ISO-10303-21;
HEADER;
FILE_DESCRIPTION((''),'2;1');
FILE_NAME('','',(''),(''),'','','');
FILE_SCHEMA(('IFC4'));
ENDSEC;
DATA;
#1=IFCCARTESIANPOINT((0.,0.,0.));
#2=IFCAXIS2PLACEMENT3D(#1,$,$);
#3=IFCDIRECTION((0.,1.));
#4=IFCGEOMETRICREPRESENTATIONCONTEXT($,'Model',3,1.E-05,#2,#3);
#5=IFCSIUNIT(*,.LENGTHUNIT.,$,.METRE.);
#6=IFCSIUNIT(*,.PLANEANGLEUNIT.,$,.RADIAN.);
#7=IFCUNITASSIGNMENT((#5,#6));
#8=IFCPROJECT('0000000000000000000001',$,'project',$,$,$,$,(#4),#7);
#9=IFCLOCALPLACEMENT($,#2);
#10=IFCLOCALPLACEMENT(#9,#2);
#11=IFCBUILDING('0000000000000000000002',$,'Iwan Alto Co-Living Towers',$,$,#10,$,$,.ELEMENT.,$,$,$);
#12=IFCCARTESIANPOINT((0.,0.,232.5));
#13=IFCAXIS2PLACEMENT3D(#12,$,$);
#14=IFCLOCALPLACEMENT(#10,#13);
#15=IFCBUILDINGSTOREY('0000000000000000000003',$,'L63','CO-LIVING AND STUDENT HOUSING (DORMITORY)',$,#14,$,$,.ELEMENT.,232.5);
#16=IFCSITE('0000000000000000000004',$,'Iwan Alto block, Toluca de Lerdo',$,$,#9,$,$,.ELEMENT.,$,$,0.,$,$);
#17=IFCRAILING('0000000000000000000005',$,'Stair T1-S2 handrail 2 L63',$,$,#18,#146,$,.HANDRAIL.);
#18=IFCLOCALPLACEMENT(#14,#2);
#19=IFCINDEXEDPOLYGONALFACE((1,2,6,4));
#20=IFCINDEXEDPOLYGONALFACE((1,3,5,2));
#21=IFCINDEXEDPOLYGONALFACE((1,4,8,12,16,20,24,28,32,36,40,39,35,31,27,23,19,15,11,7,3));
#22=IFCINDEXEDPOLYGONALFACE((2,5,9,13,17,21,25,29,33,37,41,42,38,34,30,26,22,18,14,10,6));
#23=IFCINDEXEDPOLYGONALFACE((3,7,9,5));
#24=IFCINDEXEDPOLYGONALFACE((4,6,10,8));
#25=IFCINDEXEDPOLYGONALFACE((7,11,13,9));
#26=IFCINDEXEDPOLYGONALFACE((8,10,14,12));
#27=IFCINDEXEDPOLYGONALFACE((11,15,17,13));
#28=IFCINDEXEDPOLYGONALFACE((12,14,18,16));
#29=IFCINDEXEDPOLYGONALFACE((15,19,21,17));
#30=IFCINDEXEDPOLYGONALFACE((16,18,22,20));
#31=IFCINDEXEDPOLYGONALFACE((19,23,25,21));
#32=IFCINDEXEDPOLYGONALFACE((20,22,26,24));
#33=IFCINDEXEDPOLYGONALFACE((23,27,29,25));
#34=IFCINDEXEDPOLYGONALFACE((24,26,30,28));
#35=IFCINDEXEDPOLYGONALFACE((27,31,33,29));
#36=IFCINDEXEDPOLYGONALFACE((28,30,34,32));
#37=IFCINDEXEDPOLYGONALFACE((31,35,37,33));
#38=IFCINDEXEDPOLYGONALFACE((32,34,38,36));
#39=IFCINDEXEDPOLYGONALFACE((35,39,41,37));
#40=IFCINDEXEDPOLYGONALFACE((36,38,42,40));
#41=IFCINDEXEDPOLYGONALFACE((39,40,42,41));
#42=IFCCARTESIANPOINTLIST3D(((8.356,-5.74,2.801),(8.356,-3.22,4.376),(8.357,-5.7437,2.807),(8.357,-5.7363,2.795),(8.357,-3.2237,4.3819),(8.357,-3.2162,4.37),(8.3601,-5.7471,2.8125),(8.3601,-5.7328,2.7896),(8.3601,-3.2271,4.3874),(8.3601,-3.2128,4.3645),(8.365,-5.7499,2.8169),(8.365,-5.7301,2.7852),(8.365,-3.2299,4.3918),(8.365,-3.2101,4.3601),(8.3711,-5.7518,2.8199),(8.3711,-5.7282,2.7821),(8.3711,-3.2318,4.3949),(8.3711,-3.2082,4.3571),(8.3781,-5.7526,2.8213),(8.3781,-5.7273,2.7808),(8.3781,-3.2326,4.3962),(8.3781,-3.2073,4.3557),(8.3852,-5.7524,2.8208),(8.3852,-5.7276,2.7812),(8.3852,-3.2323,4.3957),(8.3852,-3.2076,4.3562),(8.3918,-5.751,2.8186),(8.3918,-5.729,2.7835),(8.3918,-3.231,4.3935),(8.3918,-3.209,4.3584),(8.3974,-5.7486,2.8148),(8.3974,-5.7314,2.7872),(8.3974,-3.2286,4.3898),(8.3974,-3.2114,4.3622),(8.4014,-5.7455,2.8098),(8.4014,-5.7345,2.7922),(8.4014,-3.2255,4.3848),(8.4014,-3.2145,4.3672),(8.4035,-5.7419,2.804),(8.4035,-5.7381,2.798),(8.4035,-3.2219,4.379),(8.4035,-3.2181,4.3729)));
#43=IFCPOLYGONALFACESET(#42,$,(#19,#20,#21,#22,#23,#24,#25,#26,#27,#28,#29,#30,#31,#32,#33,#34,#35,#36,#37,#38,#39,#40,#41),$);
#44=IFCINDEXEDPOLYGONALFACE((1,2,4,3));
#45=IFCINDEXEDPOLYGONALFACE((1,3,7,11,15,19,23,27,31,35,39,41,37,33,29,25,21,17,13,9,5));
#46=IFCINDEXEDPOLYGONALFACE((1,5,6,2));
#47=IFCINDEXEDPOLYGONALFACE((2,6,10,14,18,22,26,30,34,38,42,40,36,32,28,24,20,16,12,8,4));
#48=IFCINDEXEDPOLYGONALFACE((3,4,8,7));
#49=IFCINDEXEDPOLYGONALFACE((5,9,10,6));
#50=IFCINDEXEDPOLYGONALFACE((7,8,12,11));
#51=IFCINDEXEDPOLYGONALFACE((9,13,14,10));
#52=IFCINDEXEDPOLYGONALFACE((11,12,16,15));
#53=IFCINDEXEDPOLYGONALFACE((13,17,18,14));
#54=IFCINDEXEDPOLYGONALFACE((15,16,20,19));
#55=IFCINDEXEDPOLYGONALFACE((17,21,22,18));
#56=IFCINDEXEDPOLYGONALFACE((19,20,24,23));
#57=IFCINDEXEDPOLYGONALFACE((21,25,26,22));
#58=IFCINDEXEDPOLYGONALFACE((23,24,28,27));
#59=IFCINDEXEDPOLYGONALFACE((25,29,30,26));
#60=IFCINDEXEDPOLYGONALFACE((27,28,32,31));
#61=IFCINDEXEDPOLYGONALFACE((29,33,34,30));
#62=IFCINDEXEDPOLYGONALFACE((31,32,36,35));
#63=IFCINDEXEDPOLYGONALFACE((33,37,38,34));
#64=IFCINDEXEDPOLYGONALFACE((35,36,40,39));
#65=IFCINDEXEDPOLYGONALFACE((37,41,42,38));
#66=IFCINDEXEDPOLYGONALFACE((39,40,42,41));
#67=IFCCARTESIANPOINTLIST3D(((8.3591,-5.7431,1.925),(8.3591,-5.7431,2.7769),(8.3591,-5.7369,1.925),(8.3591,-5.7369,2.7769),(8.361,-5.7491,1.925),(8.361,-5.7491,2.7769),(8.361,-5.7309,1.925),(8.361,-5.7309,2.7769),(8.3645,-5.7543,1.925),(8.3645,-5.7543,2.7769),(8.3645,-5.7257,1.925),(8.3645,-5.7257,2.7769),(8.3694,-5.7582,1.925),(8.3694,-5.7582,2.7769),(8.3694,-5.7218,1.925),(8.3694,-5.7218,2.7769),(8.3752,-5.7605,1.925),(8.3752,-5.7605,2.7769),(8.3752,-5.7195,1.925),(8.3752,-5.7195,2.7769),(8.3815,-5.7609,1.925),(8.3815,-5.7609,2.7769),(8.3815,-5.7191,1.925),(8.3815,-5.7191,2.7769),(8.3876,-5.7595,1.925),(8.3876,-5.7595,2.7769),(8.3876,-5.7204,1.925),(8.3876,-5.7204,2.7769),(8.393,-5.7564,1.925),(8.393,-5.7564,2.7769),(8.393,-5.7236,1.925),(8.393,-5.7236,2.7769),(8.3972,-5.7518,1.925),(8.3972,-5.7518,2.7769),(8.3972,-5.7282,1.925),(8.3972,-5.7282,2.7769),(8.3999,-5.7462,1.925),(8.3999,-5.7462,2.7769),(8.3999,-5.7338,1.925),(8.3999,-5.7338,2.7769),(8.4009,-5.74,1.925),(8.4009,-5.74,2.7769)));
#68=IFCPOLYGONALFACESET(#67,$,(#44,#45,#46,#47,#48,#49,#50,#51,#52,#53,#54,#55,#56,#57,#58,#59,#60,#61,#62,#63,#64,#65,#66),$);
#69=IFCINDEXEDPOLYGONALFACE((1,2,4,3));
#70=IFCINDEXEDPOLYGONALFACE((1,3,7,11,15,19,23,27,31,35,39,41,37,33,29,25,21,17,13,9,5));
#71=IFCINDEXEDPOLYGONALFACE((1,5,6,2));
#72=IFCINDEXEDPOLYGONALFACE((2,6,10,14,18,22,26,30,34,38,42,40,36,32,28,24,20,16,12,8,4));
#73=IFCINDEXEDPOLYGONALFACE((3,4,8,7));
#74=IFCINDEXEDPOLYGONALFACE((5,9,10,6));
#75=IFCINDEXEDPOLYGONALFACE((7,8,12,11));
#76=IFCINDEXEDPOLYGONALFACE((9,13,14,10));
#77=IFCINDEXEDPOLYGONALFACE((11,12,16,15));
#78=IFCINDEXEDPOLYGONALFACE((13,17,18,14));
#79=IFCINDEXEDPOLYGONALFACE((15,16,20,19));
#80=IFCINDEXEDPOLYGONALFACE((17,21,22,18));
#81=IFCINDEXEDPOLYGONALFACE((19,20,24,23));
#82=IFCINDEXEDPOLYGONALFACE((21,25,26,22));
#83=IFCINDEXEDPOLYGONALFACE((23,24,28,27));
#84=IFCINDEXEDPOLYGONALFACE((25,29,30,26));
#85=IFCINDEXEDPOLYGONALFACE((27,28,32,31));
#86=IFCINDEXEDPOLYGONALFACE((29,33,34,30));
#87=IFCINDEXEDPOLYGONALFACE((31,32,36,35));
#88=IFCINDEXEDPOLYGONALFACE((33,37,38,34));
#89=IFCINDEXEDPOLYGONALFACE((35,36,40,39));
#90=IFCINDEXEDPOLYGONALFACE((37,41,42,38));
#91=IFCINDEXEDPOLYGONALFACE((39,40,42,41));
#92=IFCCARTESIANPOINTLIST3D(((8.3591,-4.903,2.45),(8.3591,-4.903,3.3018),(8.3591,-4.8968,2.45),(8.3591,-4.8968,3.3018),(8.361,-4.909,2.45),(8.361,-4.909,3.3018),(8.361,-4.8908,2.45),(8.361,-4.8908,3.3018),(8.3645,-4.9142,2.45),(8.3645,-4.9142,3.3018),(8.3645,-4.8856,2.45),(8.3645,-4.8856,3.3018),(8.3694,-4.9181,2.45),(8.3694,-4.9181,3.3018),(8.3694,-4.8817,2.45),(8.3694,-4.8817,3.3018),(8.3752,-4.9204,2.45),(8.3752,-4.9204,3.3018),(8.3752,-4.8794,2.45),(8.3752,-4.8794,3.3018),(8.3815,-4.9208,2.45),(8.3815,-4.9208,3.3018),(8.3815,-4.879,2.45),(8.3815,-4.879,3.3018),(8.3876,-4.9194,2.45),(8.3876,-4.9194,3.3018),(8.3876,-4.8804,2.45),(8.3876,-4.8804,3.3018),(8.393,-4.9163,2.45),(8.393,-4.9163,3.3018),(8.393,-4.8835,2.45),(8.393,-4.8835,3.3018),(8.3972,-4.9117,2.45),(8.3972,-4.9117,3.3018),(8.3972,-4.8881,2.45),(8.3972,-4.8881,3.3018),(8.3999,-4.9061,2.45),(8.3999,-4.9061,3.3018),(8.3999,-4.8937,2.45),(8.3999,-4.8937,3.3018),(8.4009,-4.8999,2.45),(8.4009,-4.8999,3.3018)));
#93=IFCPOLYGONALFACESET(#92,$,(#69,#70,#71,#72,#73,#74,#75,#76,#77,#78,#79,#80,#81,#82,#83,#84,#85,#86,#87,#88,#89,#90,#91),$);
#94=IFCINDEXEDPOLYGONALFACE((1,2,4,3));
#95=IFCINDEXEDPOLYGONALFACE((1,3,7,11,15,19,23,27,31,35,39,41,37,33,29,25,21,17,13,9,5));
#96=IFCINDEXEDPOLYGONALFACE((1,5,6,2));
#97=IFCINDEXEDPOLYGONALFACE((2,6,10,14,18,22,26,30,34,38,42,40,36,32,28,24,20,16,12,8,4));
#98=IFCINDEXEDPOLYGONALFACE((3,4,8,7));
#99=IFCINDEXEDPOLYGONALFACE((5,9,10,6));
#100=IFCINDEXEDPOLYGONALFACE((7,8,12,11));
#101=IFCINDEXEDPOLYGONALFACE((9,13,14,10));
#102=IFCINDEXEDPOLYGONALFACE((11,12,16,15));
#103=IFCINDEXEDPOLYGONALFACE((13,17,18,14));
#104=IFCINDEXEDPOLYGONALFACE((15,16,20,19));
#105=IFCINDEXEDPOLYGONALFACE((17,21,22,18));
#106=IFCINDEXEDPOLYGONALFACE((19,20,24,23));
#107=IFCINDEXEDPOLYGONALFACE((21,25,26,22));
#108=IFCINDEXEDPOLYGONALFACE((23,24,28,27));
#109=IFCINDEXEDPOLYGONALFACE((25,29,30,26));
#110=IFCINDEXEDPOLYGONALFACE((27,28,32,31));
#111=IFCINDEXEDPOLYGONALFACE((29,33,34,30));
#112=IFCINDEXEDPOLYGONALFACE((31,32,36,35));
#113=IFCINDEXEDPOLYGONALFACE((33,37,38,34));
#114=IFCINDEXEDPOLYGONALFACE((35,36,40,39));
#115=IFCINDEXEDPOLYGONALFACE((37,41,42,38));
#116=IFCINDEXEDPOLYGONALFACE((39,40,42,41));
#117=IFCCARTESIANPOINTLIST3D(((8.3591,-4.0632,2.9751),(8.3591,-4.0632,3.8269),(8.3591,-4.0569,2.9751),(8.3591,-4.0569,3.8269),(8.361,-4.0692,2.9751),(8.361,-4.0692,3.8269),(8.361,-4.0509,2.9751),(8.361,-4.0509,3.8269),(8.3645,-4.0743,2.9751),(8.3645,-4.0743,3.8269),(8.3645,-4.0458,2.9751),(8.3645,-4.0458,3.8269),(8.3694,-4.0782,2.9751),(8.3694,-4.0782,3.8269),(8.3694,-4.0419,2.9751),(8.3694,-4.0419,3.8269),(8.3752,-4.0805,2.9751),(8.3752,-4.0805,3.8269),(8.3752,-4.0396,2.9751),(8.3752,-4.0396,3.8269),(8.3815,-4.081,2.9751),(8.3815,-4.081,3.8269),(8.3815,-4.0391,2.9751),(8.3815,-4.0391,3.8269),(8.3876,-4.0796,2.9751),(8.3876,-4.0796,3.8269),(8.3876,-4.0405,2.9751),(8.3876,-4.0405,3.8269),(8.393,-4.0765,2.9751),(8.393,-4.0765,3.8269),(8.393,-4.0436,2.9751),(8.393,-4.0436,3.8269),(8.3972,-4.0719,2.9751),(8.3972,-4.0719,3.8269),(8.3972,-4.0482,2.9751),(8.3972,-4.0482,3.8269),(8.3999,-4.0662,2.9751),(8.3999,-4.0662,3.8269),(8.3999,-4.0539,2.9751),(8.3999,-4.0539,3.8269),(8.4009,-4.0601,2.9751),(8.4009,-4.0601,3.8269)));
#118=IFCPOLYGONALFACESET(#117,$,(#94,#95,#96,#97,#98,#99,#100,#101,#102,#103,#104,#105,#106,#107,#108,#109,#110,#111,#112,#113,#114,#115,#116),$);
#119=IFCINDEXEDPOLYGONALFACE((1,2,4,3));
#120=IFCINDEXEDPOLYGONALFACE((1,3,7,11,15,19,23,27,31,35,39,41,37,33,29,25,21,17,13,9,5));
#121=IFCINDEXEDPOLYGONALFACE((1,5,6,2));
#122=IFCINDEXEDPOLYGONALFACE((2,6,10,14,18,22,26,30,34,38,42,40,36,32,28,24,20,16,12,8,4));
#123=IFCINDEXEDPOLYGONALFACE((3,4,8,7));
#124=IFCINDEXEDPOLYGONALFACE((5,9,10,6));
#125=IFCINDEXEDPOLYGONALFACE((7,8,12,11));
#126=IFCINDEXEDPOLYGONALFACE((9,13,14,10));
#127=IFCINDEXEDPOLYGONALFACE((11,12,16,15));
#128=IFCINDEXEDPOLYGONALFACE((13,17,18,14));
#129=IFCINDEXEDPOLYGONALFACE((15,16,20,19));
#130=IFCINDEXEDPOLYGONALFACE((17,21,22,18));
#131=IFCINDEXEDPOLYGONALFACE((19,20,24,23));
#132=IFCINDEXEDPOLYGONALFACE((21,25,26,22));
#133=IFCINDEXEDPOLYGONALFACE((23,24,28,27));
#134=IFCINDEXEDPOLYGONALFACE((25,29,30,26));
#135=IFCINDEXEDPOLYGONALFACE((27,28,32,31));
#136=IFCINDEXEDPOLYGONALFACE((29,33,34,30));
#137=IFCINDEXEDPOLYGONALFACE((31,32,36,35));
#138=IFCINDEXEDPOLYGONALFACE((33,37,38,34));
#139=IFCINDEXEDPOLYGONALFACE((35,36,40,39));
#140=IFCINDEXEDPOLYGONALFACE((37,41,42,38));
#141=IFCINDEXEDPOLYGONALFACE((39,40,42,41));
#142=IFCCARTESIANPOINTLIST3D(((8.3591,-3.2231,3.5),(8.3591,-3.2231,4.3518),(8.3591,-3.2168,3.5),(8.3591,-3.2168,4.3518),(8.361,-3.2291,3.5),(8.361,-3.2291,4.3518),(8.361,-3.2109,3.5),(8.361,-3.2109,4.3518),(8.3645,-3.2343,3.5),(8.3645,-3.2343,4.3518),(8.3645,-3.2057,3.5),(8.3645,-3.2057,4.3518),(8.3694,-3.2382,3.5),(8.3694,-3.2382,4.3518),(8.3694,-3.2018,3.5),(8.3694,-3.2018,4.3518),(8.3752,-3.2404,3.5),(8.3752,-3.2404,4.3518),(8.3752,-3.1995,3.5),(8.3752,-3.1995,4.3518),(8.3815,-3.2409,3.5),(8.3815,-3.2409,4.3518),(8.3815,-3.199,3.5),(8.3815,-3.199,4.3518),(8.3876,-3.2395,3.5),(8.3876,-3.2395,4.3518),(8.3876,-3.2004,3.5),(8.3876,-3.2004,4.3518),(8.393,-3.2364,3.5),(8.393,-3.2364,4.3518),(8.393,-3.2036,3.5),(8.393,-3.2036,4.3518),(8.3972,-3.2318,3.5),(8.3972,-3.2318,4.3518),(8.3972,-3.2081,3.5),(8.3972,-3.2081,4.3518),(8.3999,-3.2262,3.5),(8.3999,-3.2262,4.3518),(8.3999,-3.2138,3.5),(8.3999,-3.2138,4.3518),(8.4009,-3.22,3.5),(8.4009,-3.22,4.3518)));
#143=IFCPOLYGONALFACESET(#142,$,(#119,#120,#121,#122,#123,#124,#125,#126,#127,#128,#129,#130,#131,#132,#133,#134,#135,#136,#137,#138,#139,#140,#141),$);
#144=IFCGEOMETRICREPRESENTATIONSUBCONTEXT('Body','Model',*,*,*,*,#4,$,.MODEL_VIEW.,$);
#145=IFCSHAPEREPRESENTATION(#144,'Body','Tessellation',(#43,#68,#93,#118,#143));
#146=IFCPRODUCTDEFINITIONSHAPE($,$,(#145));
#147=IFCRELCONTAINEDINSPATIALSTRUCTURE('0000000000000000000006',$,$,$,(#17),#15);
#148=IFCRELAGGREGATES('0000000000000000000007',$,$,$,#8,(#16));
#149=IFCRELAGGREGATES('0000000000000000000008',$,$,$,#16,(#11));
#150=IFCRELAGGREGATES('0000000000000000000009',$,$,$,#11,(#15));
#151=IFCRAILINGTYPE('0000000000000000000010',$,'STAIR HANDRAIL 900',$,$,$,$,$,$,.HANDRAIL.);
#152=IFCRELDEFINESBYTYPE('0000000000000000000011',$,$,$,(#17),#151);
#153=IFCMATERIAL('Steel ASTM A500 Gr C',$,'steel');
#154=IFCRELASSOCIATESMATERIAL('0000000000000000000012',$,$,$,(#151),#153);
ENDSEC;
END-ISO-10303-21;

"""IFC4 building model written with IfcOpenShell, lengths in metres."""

from ifc_helpers import new_model, si_unit, direction, frame, origin, origin_2d, place, context, subcontext, project, spatial, circle, extrude, material, type_object, element, save


model = new_model("IFC4")

# Units and contexts
model_context = context("Model", 3, precision=1e-05, world=origin(), true_north=direction((0.0, 1.0)))
body_context = subcontext(model_context, "Body", "Model", "MODEL_VIEW")
ifc_project = project(units=[si_unit("LENGTHUNIT", "METRE"), si_unit("PLANEANGLEUNIT", "RADIAN")], contexts=[model_context])

# Site, building, storey
site_placement = place(None, origin())
site = spatial("IfcSite", under=ifc_project, at=site_placement, Name="Iwan Alto block, Toluca de Lerdo", CompositionType="ELEMENT", RefElevation=0.0)
building_placement = place(site_placement, origin())
building = spatial("IfcBuilding", under=site, at=building_placement, Name="Iwan Alto Co-Living Towers", CompositionType="ELEMENT")
storey_placement = place(building_placement, frame((0.0, 0.0, 232.5)))
storey = spatial("IfcBuildingStorey", under=building, at=storey_placement, Name="L63", Description="CO-LIVING AND STUDENT HOUSING (DORMITORY)", CompositionType="ELEMENT", Elevation=232.5)

# Railing
ifc_material_1 = material(Name="Steel ASTM A500 Gr C", Category="steel")
railing_type_1 = type_object("IfcRailingType", Name="STAIR HANDRAIL 900", PredefinedType="HANDRAIL", material=ifc_material_1)
railing_1_placement = place(storey_placement, frame((8.3799, -5.74, 1.925)))
element("IfcRailing", 1, at=railing_1_placement, inside=storey, type_object=railing_type_1, Name="Stair T1-S2 handrail 2 L63", PredefinedType="HANDRAIL", context=body_context, shape_type="SweptSolid", body=[
    extrude(circle(Radius=0.0239, at=origin_2d()), frame((0.0, 0.0, 0.876), z_axis=(0.0, 0.848008, 0.529984), x_axis=(-1.0, 0.0, 0.0)), (0.0, 0.0, 1.0), 2.9717),
    extrude(circle(Radius=0.021, at=origin_2d()), origin(), (0.0, 0.0, 1.0), 0.8518),
    extrude(circle(Radius=0.021, at=origin_2d()), frame((0.0, 0.8401, 0.5249)), (0.0, 0.0, 1.0), 0.8518),
    extrude(circle(Radius=0.021, at=origin_2d()), frame((0.0, 1.6799, 1.05)), (0.0, 0.0, 1.0), 0.8518),
    extrude(circle(Radius=0.021, at=origin_2d()), frame((0.0, 2.52, 1.575)), (0.0, 0.0, 1.0), 0.8518),
])

save(model, "model.ifc")
